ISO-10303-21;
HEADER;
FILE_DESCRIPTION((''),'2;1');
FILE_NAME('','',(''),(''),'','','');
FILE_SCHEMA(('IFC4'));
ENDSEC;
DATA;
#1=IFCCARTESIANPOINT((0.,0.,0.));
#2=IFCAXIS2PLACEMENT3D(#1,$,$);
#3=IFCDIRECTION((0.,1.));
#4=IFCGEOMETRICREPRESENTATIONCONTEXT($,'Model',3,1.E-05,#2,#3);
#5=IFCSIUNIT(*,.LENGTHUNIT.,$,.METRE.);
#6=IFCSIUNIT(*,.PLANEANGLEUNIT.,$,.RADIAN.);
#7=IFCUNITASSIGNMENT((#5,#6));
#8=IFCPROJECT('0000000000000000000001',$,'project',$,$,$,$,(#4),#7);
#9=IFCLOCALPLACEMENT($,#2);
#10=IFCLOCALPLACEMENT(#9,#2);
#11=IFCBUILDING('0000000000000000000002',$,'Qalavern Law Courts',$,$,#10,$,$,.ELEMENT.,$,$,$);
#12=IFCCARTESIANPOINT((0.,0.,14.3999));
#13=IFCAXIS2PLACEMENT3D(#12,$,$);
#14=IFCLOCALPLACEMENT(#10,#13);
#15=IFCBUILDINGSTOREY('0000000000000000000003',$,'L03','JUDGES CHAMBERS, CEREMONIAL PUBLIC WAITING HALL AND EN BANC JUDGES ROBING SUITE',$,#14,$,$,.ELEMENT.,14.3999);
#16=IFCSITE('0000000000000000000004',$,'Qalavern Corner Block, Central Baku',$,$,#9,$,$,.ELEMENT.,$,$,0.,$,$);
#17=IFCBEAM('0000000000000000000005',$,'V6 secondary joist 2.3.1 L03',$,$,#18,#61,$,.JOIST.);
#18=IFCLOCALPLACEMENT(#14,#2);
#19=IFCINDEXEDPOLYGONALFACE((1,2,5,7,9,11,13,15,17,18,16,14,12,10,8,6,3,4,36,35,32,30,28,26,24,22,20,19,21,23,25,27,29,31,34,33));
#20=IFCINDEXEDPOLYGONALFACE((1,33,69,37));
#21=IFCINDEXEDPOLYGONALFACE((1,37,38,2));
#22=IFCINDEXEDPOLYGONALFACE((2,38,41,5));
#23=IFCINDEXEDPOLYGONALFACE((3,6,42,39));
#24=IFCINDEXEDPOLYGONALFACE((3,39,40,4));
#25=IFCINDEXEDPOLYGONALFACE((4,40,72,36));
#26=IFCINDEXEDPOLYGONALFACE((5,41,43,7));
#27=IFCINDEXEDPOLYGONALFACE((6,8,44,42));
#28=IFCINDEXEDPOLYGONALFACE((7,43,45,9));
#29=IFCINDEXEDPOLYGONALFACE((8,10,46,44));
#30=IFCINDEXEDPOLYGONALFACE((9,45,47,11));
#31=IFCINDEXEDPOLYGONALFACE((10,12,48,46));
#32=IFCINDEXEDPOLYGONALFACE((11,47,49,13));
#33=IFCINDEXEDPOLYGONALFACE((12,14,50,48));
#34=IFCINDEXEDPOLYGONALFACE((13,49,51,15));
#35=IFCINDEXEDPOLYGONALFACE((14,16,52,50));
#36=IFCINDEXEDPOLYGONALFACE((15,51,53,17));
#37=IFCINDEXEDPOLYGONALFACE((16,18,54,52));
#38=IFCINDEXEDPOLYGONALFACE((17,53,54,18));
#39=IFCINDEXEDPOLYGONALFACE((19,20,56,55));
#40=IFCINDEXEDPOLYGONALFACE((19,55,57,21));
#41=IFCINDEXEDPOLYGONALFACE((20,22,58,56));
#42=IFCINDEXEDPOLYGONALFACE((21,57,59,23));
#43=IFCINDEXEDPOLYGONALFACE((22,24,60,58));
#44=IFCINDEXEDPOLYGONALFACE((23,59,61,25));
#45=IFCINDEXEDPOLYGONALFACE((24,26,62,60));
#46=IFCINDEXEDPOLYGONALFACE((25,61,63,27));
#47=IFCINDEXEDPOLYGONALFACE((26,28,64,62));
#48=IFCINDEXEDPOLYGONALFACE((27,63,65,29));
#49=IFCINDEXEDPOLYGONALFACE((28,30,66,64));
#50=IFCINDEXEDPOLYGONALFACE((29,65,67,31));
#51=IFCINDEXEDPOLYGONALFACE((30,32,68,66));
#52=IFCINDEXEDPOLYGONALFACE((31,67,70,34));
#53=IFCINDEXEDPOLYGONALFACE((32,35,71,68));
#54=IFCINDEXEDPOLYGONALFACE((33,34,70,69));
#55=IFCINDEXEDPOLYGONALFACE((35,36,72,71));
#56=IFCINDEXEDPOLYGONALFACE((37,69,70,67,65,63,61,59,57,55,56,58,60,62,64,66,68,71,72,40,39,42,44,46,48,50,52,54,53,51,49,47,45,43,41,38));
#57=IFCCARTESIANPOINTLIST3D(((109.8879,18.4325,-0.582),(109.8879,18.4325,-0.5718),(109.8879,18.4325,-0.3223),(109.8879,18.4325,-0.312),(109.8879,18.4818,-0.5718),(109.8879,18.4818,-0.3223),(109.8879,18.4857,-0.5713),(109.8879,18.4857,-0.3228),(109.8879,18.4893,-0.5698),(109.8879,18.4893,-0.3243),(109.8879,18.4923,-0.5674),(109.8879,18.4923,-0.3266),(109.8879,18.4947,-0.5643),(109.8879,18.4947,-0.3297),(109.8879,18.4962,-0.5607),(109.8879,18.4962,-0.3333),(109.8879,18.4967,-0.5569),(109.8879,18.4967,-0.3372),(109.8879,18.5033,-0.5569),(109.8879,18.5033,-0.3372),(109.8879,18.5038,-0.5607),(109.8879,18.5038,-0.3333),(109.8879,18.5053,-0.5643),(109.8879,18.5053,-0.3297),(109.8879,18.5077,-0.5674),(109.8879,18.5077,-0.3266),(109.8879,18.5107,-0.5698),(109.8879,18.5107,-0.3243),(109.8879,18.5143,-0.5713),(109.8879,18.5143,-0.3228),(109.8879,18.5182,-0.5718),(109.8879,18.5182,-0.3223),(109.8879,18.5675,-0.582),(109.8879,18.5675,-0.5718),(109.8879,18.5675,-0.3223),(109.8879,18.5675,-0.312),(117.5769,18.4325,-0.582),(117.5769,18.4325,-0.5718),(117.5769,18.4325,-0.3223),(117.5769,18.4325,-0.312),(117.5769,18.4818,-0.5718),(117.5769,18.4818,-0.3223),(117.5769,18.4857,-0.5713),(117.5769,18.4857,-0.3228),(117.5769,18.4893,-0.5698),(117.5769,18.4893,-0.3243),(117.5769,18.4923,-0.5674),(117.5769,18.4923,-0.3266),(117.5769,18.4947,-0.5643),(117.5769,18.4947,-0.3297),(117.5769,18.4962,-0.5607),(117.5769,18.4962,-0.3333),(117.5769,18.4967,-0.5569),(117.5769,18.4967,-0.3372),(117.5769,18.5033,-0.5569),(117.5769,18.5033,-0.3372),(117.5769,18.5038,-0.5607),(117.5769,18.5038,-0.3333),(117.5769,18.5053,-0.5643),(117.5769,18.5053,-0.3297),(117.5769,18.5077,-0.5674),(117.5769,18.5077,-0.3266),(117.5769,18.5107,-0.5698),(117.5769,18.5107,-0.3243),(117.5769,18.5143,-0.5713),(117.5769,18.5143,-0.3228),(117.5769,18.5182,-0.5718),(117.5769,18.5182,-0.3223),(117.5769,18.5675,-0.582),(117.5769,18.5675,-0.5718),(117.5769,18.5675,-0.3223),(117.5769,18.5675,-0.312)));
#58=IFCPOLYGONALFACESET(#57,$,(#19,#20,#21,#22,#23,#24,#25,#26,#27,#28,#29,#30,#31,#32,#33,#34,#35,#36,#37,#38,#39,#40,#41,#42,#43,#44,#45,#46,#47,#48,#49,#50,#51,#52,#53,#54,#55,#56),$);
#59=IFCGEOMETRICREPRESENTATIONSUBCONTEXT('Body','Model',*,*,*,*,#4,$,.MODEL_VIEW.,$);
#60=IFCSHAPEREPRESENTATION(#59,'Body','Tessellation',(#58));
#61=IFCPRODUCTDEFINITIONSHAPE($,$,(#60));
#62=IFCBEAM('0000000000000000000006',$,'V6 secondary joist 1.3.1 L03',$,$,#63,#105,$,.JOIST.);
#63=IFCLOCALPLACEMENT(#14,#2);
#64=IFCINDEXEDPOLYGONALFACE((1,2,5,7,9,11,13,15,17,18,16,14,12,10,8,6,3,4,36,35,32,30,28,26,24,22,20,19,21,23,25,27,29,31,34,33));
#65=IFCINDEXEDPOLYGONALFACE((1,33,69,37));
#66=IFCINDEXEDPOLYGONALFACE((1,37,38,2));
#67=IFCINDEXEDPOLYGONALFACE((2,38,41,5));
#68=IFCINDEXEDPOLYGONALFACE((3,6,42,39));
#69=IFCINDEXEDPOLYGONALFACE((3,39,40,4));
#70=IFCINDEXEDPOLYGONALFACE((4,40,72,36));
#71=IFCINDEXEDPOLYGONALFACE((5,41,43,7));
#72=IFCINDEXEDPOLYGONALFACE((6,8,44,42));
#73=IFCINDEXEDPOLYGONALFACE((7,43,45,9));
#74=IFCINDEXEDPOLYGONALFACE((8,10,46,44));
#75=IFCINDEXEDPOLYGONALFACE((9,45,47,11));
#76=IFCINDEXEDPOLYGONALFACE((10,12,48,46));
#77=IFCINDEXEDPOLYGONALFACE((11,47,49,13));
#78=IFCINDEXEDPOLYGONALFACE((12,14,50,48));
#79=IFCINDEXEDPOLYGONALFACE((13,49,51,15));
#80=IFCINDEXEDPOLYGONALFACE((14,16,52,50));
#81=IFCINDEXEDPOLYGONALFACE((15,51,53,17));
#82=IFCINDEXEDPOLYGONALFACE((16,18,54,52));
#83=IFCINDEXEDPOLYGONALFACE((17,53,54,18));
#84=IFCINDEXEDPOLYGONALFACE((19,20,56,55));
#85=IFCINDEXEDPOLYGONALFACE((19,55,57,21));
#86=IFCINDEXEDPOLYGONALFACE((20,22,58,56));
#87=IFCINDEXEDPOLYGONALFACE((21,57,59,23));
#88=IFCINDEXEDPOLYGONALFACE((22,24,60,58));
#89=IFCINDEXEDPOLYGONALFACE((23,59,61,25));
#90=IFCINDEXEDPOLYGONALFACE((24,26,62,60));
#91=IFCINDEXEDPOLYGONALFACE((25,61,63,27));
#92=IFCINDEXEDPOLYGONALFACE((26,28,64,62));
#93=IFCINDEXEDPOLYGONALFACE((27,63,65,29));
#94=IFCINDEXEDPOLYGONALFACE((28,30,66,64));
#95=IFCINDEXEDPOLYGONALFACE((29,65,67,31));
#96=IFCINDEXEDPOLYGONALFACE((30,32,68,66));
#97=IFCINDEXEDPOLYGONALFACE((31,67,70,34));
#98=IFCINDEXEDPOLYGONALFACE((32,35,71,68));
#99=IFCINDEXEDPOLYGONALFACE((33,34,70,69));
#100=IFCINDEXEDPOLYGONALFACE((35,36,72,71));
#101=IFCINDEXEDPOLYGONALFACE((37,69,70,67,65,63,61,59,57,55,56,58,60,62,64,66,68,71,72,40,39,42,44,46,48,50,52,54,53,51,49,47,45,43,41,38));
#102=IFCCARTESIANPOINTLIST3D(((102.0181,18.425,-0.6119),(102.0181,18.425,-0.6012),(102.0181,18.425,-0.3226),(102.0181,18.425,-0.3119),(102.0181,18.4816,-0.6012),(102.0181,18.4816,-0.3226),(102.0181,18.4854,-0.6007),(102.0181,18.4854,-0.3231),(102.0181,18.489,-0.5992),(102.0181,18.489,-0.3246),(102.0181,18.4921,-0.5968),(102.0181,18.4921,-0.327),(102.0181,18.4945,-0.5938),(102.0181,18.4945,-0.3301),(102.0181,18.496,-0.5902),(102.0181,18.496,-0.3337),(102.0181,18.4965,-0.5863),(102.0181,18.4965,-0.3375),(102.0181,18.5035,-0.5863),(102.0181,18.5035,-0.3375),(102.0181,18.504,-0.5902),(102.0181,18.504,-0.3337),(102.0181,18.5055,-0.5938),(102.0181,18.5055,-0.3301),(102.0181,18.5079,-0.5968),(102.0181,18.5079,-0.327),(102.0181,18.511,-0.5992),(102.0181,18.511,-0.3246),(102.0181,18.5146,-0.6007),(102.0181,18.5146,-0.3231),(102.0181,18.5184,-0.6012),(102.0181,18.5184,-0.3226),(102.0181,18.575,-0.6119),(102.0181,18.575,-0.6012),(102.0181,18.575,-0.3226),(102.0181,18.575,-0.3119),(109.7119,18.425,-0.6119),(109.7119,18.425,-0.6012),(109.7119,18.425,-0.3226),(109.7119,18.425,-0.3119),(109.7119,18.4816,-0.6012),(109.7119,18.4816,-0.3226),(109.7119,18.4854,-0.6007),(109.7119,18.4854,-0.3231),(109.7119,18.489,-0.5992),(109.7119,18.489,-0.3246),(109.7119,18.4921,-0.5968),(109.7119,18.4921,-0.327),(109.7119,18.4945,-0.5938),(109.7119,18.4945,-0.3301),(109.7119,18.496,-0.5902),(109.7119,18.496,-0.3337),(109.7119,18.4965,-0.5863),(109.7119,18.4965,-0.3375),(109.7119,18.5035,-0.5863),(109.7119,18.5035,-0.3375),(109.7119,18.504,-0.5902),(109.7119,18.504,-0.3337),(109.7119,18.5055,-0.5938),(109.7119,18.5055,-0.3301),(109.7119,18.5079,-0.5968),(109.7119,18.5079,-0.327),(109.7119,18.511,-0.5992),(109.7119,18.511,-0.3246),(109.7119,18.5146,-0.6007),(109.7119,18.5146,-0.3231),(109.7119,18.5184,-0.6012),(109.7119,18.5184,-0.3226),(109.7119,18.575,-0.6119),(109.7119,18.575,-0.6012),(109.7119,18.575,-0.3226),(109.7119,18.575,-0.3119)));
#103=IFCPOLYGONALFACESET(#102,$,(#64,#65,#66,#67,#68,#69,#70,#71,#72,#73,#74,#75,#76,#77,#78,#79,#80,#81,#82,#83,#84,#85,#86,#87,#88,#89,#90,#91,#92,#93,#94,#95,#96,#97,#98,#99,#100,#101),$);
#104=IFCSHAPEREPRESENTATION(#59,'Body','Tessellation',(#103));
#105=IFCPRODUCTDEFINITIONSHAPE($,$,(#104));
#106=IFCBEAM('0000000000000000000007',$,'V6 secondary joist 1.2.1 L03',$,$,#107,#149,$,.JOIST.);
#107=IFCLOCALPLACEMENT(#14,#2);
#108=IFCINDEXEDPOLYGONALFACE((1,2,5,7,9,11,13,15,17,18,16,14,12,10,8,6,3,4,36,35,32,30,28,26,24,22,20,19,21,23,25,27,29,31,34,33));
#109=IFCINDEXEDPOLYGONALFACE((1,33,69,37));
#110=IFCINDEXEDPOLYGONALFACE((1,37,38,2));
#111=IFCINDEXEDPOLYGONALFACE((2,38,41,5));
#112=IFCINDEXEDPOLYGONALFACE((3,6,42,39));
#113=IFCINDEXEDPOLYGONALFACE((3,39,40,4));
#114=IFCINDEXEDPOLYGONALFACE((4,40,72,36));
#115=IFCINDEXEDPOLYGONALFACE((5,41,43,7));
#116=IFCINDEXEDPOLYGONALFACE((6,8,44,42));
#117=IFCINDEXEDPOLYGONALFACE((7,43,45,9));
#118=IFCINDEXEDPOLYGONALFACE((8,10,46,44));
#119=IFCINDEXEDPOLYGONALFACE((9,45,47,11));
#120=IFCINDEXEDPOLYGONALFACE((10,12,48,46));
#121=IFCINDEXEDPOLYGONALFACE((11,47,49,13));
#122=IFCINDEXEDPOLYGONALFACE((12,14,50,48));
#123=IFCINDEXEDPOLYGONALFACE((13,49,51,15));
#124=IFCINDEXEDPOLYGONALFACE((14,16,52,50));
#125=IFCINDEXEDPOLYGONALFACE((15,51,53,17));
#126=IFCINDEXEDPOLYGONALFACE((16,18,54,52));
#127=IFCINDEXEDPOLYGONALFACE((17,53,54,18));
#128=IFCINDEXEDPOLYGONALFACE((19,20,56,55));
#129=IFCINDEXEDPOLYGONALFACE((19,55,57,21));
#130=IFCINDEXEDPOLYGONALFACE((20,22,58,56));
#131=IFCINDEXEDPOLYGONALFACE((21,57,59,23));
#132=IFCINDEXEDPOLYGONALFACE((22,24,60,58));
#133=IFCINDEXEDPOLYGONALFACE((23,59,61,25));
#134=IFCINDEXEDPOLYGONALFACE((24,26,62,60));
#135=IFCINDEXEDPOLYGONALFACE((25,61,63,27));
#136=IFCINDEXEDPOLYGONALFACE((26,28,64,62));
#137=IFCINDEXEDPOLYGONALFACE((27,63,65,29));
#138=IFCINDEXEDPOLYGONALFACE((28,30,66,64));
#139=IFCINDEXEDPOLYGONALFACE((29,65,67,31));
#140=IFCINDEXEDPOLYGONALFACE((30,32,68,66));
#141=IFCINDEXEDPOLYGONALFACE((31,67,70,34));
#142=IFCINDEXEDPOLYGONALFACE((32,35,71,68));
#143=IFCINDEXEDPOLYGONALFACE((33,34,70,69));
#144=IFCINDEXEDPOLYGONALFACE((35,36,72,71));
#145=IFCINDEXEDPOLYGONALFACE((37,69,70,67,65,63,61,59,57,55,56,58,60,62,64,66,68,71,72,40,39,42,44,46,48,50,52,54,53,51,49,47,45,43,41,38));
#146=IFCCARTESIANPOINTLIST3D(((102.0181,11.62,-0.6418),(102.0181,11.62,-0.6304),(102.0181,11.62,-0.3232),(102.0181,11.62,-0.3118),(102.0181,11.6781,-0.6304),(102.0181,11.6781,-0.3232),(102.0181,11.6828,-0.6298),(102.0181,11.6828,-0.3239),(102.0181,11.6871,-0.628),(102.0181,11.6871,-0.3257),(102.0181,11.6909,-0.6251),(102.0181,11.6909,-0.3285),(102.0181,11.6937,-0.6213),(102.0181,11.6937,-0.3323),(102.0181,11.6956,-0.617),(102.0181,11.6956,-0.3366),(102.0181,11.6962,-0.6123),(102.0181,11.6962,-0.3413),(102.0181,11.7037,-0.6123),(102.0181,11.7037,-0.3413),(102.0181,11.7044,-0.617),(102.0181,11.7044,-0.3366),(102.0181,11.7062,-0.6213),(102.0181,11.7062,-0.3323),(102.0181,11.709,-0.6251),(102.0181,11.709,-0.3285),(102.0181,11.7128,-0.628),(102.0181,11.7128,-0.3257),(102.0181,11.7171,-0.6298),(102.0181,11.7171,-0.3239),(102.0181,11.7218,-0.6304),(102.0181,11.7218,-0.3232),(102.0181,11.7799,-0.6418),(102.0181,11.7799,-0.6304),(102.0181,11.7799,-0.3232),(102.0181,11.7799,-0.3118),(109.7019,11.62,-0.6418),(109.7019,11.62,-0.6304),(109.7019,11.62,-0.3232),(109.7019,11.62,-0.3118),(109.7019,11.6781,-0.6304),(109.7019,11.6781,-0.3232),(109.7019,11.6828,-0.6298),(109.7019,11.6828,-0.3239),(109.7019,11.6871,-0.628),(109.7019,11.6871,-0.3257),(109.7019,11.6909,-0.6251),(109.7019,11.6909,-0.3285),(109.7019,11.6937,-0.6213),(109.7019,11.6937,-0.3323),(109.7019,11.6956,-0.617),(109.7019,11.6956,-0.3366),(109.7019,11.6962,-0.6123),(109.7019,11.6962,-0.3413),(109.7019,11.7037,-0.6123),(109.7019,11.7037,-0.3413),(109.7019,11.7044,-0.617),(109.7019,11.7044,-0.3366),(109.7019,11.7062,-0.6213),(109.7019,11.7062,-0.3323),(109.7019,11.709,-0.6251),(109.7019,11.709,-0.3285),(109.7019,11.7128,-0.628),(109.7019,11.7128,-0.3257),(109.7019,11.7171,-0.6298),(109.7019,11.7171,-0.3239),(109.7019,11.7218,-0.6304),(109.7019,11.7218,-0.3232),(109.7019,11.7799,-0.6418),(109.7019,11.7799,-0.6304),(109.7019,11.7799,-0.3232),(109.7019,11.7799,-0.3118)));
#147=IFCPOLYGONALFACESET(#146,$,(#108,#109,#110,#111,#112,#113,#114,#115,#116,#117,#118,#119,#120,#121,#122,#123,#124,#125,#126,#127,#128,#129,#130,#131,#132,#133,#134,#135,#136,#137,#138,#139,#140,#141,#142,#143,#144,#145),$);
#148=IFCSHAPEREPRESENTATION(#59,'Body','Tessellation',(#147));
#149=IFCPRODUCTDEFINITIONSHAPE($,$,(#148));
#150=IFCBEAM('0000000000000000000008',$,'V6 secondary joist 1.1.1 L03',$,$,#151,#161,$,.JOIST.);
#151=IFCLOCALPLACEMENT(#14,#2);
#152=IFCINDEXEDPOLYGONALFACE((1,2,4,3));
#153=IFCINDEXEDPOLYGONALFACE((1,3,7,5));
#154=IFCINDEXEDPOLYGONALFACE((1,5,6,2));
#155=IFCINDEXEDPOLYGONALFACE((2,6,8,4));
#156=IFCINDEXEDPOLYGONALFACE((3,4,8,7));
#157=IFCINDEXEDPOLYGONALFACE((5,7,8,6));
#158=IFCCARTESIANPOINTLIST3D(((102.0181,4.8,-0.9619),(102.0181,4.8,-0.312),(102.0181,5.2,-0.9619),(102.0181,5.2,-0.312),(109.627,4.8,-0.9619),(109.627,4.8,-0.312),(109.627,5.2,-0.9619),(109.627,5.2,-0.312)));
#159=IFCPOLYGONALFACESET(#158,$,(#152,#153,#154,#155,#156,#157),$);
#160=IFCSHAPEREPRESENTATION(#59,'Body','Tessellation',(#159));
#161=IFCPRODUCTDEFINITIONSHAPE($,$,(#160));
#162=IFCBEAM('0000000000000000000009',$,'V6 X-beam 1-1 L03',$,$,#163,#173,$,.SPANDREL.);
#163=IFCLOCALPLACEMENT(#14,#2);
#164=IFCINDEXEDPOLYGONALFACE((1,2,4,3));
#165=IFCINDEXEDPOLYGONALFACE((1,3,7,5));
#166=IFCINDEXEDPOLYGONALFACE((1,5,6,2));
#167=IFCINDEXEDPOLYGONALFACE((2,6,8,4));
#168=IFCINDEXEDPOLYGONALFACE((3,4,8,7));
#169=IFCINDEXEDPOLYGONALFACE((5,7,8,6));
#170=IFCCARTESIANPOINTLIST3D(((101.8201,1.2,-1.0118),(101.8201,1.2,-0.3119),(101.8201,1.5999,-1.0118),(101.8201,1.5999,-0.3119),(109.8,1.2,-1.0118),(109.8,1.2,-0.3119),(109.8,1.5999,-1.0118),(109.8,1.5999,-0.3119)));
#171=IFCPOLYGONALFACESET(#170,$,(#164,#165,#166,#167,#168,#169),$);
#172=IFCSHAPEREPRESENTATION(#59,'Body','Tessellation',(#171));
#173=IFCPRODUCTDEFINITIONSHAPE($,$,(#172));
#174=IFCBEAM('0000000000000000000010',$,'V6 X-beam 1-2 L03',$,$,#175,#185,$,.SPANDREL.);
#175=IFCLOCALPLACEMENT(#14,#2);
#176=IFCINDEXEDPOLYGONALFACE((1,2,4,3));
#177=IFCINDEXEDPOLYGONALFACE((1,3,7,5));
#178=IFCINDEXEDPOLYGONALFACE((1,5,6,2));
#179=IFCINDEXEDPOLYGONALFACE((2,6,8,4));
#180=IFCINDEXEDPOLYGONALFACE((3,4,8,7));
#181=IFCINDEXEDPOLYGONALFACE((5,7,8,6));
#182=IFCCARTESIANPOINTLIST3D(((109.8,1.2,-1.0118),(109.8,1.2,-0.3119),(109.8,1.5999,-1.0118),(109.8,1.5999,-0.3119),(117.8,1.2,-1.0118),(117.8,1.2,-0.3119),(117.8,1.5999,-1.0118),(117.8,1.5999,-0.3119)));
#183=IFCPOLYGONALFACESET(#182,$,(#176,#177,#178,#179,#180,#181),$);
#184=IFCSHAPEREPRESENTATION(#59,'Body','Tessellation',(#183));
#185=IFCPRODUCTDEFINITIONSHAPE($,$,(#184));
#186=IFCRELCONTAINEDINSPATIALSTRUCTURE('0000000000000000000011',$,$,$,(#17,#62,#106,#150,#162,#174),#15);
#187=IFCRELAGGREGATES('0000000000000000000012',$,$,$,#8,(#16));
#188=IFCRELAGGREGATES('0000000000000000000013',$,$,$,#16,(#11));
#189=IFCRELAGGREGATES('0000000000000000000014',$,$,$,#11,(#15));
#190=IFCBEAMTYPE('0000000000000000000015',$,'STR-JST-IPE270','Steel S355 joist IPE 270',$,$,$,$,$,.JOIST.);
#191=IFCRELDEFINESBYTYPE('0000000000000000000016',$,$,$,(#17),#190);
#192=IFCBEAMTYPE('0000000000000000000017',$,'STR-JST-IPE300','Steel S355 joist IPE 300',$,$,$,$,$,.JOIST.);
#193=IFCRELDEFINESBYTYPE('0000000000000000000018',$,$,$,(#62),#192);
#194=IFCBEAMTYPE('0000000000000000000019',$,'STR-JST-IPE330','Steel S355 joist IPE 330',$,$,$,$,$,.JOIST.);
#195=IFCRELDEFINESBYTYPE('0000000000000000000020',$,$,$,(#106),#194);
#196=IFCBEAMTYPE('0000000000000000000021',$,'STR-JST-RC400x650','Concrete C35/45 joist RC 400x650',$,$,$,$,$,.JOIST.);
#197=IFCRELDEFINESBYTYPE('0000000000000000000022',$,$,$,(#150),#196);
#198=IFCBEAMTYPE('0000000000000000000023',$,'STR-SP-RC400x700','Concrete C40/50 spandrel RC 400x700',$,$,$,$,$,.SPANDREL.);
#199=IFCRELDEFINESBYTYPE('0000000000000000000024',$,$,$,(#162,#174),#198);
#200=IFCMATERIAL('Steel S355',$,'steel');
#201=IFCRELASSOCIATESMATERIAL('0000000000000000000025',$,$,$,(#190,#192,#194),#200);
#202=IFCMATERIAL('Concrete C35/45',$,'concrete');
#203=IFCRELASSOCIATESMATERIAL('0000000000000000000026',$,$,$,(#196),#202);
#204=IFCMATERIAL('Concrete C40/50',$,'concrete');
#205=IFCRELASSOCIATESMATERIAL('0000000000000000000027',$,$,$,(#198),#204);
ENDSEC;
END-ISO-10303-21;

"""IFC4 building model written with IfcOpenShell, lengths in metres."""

from ifc_helpers import new_model, si_unit, direction, frame, origin, origin_2d, place, context, subcontext, project, spatial, rectangle, i_section, extrude, material, material_profile, profile_set, type_object, element, save


model = new_model("IFC4")

# Units and contexts
model_context = context("Model", 3, precision=1e-05, world=origin(), true_north=direction((0.0, 1.0)))
body_context = subcontext(model_context, "Body", "Model", "MODEL_VIEW")
ifc_project = project(units=[si_unit("LENGTHUNIT", "METRE"), si_unit("PLANEANGLEUNIT", "RADIAN")], contexts=[model_context])

# Site, building, storey
site_placement = place(None, origin())
site = spatial("IfcSite", under=ifc_project, at=site_placement, Name="Qalavern Corner Block, Central Baku", CompositionType="ELEMENT", RefElevation=0.0)
building_placement = place(site_placement, origin())
building = spatial("IfcBuilding", under=site, at=building_placement, Name="Qalavern Law Courts", CompositionType="ELEMENT")
storey_placement = place(building_placement, frame((0.0, 0.0, 14.3999)))
storey = spatial("IfcBuildingStorey", under=building, at=storey_placement, Name="L03", Description="JUDGES CHAMBERS, CEREMONIAL PUBLIC WAITING HALL AND EN BANC JUDGES ROBING SUITE", CompositionType="ELEMENT", Elevation=14.3999)

# Beams
ifc_material_1 = material(Name="Steel S355", Category="steel")
ifc_material_2 = material(Name="Concrete C35/45", Category="concrete")
ifc_material_profile_1 = material_profile(ifc_material_1, i_section(OverallWidth=0.135, OverallDepth=0.27, WebThickness=0.0066, FlangeThickness=0.0103, FilletRadius=0.0149, at=origin_2d()), Name="IPE 270")
ifc_profile_set_1 = profile_set([ifc_material_profile_1], Name="Steel S355")
beam_type_1 = type_object("IfcBeamType", Name="STR-JST-IPE270", Description="Steel S355 joist IPE 270", PredefinedType="JOIST", material=ifc_profile_set_1)
beam_1_placement = place(storey_placement, frame((109.8879, 18.5, -0.447), z_axis=(1.0, 0.0, 0.0), x_axis=(0.0, 1.0, 0.0)))
element("IfcBeam", 1, at=beam_1_placement, inside=storey, type_object=beam_type_1, Name="V6 secondary joist 2.3.1 L03", PredefinedType="JOIST", context=body_context, shape_type="SweptSolid", body=[
    extrude(i_section(OverallWidth=0.135, OverallDepth=0.27, WebThickness=0.0066, FlangeThickness=0.0103, FilletRadius=0.0149, at=origin_2d()), origin(), (0.0, 0.0, 1.0), 7.689),
])
ifc_material_profile_2 = material_profile(ifc_material_1, i_section(OverallWidth=0.1499, OverallDepth=0.3, WebThickness=0.0071, FlangeThickness=0.0107, FilletRadius=0.0149, at=origin_2d()), Name="IPE 300")
ifc_profile_set_2 = profile_set([ifc_material_profile_2], Name="Steel S355")
beam_type_2 = type_object("IfcBeamType", Name="STR-JST-IPE300", Description="Steel S355 joist IPE 300", PredefinedType="JOIST", material=ifc_profile_set_2)
beam_2_placement = place(storey_placement, frame((102.0181, 18.5, -0.4619), z_axis=(1.0, 0.0, 0.0), x_axis=(0.0, 1.0, 0.0)))
element("IfcBeam", 2, at=beam_2_placement, inside=storey, type_object=beam_type_2, Name="V6 secondary joist 1.3.1 L03", PredefinedType="JOIST", context=body_context, shape_type="SweptSolid", body=[
    extrude(i_section(OverallWidth=0.1499, OverallDepth=0.3, WebThickness=0.0071, FlangeThickness=0.0107, FilletRadius=0.0149, at=origin_2d()), origin(), (0.0, 0.0, 1.0), 7.6938),
])
ifc_material_profile_3 = material_profile(ifc_material_1, i_section(OverallWidth=0.1599, OverallDepth=0.3301, WebThickness=0.0076, FlangeThickness=0.0115, FilletRadius=0.0181, at=origin_2d()), Name="IPE 330")
ifc_profile_set_3 = profile_set([ifc_material_profile_3], Name="Steel S355")
beam_type_3 = type_object("IfcBeamType", Name="STR-JST-IPE330", Description="Steel S355 joist IPE 330", PredefinedType="JOIST", material=ifc_profile_set_3)
beam_3_placement = place(storey_placement, frame((102.0181, 11.7, -0.4768), z_axis=(1.0, 0.0, 0.0), x_axis=(0.0, 1.0, 0.0)))
element("IfcBeam", 3, at=beam_3_placement, inside=storey, type_object=beam_type_3, Name="V6 secondary joist 1.2.1 L03", PredefinedType="JOIST", context=body_context, shape_type="SweptSolid", body=[
    extrude(i_section(OverallWidth=0.1599, OverallDepth=0.3301, WebThickness=0.0076, FlangeThickness=0.0115, FilletRadius=0.0181, at=origin_2d()), origin(), (0.0, 0.0, 1.0), 7.6838),
])
ifc_material_profile_4 = material_profile(ifc_material_2, rectangle(XDim=0.3999, YDim=0.6499, at=origin_2d()), Name="RC 400x650")
ifc_profile_set_4 = profile_set([ifc_material_profile_4], Name="Concrete C35/45")
beam_type_4 = type_object("IfcBeamType", Name="STR-JST-RC400x650", Description="Concrete C35/45 joist RC 400x650", PredefinedType="JOIST", material=ifc_profile_set_4)
beam_4_placement = place(storey_placement, frame((102.0181, 5.0, -0.637), z_axis=(1.0, 0.0, 0.0), x_axis=(0.0, 1.0, 0.0)))
element("IfcBeam", 4, at=beam_4_placement, inside=storey, type_object=beam_type_4, Name="V6 secondary joist 1.1.1 L03", PredefinedType="JOIST", context=body_context, shape_type="SweptSolid", body=[
    extrude(rectangle(XDim=0.3999, YDim=0.6499, at=origin_2d()), origin(), (0.0, 0.0, 1.0), 7.6089),
])
ifc_material_3 = material(Name="Concrete C40/50", Category="concrete")
ifc_material_profile_5 = material_profile(ifc_material_3, rectangle(XDim=0.3999, YDim=0.7, at=origin_2d()), Name="RC 400x700")
ifc_profile_set_5 = profile_set([ifc_material_profile_5], Name="Concrete C40/50")
beam_type_5 = type_object("IfcBeamType", Name="STR-SP-RC400x700", Description="Concrete C40/50 spandrel RC 400x700", PredefinedType="SPANDREL", material=ifc_profile_set_5)
beam_5_placement = place(storey_placement, frame((101.8201, 1.3999, -0.6619), z_axis=(1.0, 0.0, 0.0), x_axis=(0.0, 1.0, 0.0)))
element("IfcBeam", 5, at=beam_5_placement, inside=storey, type_object=beam_type_5, Name="V6 X-beam 1-1 L03", PredefinedType="SPANDREL", context=body_context, shape_type="SweptSolid", body=[
    extrude(rectangle(XDim=0.3999, YDim=0.7, at=origin_2d()), origin(), (0.0, 0.0, 1.0), 7.98),
])
beam_6_placement = place(storey_placement, frame((109.8, 1.3999, -0.6619), z_axis=(1.0, 0.0, 0.0), x_axis=(0.0, 1.0, 0.0)))
element("IfcBeam", 6, at=beam_6_placement, inside=storey, type_object=beam_type_5, Name="V6 X-beam 1-2 L03", PredefinedType="SPANDREL", context=body_context, shape_type="SweptSolid", body=[
    extrude(rectangle(XDim=0.3999, YDim=0.7, at=origin_2d()), origin(), (0.0, 0.0, 1.0), 8.0),
])

save(model, "model.ifc")
